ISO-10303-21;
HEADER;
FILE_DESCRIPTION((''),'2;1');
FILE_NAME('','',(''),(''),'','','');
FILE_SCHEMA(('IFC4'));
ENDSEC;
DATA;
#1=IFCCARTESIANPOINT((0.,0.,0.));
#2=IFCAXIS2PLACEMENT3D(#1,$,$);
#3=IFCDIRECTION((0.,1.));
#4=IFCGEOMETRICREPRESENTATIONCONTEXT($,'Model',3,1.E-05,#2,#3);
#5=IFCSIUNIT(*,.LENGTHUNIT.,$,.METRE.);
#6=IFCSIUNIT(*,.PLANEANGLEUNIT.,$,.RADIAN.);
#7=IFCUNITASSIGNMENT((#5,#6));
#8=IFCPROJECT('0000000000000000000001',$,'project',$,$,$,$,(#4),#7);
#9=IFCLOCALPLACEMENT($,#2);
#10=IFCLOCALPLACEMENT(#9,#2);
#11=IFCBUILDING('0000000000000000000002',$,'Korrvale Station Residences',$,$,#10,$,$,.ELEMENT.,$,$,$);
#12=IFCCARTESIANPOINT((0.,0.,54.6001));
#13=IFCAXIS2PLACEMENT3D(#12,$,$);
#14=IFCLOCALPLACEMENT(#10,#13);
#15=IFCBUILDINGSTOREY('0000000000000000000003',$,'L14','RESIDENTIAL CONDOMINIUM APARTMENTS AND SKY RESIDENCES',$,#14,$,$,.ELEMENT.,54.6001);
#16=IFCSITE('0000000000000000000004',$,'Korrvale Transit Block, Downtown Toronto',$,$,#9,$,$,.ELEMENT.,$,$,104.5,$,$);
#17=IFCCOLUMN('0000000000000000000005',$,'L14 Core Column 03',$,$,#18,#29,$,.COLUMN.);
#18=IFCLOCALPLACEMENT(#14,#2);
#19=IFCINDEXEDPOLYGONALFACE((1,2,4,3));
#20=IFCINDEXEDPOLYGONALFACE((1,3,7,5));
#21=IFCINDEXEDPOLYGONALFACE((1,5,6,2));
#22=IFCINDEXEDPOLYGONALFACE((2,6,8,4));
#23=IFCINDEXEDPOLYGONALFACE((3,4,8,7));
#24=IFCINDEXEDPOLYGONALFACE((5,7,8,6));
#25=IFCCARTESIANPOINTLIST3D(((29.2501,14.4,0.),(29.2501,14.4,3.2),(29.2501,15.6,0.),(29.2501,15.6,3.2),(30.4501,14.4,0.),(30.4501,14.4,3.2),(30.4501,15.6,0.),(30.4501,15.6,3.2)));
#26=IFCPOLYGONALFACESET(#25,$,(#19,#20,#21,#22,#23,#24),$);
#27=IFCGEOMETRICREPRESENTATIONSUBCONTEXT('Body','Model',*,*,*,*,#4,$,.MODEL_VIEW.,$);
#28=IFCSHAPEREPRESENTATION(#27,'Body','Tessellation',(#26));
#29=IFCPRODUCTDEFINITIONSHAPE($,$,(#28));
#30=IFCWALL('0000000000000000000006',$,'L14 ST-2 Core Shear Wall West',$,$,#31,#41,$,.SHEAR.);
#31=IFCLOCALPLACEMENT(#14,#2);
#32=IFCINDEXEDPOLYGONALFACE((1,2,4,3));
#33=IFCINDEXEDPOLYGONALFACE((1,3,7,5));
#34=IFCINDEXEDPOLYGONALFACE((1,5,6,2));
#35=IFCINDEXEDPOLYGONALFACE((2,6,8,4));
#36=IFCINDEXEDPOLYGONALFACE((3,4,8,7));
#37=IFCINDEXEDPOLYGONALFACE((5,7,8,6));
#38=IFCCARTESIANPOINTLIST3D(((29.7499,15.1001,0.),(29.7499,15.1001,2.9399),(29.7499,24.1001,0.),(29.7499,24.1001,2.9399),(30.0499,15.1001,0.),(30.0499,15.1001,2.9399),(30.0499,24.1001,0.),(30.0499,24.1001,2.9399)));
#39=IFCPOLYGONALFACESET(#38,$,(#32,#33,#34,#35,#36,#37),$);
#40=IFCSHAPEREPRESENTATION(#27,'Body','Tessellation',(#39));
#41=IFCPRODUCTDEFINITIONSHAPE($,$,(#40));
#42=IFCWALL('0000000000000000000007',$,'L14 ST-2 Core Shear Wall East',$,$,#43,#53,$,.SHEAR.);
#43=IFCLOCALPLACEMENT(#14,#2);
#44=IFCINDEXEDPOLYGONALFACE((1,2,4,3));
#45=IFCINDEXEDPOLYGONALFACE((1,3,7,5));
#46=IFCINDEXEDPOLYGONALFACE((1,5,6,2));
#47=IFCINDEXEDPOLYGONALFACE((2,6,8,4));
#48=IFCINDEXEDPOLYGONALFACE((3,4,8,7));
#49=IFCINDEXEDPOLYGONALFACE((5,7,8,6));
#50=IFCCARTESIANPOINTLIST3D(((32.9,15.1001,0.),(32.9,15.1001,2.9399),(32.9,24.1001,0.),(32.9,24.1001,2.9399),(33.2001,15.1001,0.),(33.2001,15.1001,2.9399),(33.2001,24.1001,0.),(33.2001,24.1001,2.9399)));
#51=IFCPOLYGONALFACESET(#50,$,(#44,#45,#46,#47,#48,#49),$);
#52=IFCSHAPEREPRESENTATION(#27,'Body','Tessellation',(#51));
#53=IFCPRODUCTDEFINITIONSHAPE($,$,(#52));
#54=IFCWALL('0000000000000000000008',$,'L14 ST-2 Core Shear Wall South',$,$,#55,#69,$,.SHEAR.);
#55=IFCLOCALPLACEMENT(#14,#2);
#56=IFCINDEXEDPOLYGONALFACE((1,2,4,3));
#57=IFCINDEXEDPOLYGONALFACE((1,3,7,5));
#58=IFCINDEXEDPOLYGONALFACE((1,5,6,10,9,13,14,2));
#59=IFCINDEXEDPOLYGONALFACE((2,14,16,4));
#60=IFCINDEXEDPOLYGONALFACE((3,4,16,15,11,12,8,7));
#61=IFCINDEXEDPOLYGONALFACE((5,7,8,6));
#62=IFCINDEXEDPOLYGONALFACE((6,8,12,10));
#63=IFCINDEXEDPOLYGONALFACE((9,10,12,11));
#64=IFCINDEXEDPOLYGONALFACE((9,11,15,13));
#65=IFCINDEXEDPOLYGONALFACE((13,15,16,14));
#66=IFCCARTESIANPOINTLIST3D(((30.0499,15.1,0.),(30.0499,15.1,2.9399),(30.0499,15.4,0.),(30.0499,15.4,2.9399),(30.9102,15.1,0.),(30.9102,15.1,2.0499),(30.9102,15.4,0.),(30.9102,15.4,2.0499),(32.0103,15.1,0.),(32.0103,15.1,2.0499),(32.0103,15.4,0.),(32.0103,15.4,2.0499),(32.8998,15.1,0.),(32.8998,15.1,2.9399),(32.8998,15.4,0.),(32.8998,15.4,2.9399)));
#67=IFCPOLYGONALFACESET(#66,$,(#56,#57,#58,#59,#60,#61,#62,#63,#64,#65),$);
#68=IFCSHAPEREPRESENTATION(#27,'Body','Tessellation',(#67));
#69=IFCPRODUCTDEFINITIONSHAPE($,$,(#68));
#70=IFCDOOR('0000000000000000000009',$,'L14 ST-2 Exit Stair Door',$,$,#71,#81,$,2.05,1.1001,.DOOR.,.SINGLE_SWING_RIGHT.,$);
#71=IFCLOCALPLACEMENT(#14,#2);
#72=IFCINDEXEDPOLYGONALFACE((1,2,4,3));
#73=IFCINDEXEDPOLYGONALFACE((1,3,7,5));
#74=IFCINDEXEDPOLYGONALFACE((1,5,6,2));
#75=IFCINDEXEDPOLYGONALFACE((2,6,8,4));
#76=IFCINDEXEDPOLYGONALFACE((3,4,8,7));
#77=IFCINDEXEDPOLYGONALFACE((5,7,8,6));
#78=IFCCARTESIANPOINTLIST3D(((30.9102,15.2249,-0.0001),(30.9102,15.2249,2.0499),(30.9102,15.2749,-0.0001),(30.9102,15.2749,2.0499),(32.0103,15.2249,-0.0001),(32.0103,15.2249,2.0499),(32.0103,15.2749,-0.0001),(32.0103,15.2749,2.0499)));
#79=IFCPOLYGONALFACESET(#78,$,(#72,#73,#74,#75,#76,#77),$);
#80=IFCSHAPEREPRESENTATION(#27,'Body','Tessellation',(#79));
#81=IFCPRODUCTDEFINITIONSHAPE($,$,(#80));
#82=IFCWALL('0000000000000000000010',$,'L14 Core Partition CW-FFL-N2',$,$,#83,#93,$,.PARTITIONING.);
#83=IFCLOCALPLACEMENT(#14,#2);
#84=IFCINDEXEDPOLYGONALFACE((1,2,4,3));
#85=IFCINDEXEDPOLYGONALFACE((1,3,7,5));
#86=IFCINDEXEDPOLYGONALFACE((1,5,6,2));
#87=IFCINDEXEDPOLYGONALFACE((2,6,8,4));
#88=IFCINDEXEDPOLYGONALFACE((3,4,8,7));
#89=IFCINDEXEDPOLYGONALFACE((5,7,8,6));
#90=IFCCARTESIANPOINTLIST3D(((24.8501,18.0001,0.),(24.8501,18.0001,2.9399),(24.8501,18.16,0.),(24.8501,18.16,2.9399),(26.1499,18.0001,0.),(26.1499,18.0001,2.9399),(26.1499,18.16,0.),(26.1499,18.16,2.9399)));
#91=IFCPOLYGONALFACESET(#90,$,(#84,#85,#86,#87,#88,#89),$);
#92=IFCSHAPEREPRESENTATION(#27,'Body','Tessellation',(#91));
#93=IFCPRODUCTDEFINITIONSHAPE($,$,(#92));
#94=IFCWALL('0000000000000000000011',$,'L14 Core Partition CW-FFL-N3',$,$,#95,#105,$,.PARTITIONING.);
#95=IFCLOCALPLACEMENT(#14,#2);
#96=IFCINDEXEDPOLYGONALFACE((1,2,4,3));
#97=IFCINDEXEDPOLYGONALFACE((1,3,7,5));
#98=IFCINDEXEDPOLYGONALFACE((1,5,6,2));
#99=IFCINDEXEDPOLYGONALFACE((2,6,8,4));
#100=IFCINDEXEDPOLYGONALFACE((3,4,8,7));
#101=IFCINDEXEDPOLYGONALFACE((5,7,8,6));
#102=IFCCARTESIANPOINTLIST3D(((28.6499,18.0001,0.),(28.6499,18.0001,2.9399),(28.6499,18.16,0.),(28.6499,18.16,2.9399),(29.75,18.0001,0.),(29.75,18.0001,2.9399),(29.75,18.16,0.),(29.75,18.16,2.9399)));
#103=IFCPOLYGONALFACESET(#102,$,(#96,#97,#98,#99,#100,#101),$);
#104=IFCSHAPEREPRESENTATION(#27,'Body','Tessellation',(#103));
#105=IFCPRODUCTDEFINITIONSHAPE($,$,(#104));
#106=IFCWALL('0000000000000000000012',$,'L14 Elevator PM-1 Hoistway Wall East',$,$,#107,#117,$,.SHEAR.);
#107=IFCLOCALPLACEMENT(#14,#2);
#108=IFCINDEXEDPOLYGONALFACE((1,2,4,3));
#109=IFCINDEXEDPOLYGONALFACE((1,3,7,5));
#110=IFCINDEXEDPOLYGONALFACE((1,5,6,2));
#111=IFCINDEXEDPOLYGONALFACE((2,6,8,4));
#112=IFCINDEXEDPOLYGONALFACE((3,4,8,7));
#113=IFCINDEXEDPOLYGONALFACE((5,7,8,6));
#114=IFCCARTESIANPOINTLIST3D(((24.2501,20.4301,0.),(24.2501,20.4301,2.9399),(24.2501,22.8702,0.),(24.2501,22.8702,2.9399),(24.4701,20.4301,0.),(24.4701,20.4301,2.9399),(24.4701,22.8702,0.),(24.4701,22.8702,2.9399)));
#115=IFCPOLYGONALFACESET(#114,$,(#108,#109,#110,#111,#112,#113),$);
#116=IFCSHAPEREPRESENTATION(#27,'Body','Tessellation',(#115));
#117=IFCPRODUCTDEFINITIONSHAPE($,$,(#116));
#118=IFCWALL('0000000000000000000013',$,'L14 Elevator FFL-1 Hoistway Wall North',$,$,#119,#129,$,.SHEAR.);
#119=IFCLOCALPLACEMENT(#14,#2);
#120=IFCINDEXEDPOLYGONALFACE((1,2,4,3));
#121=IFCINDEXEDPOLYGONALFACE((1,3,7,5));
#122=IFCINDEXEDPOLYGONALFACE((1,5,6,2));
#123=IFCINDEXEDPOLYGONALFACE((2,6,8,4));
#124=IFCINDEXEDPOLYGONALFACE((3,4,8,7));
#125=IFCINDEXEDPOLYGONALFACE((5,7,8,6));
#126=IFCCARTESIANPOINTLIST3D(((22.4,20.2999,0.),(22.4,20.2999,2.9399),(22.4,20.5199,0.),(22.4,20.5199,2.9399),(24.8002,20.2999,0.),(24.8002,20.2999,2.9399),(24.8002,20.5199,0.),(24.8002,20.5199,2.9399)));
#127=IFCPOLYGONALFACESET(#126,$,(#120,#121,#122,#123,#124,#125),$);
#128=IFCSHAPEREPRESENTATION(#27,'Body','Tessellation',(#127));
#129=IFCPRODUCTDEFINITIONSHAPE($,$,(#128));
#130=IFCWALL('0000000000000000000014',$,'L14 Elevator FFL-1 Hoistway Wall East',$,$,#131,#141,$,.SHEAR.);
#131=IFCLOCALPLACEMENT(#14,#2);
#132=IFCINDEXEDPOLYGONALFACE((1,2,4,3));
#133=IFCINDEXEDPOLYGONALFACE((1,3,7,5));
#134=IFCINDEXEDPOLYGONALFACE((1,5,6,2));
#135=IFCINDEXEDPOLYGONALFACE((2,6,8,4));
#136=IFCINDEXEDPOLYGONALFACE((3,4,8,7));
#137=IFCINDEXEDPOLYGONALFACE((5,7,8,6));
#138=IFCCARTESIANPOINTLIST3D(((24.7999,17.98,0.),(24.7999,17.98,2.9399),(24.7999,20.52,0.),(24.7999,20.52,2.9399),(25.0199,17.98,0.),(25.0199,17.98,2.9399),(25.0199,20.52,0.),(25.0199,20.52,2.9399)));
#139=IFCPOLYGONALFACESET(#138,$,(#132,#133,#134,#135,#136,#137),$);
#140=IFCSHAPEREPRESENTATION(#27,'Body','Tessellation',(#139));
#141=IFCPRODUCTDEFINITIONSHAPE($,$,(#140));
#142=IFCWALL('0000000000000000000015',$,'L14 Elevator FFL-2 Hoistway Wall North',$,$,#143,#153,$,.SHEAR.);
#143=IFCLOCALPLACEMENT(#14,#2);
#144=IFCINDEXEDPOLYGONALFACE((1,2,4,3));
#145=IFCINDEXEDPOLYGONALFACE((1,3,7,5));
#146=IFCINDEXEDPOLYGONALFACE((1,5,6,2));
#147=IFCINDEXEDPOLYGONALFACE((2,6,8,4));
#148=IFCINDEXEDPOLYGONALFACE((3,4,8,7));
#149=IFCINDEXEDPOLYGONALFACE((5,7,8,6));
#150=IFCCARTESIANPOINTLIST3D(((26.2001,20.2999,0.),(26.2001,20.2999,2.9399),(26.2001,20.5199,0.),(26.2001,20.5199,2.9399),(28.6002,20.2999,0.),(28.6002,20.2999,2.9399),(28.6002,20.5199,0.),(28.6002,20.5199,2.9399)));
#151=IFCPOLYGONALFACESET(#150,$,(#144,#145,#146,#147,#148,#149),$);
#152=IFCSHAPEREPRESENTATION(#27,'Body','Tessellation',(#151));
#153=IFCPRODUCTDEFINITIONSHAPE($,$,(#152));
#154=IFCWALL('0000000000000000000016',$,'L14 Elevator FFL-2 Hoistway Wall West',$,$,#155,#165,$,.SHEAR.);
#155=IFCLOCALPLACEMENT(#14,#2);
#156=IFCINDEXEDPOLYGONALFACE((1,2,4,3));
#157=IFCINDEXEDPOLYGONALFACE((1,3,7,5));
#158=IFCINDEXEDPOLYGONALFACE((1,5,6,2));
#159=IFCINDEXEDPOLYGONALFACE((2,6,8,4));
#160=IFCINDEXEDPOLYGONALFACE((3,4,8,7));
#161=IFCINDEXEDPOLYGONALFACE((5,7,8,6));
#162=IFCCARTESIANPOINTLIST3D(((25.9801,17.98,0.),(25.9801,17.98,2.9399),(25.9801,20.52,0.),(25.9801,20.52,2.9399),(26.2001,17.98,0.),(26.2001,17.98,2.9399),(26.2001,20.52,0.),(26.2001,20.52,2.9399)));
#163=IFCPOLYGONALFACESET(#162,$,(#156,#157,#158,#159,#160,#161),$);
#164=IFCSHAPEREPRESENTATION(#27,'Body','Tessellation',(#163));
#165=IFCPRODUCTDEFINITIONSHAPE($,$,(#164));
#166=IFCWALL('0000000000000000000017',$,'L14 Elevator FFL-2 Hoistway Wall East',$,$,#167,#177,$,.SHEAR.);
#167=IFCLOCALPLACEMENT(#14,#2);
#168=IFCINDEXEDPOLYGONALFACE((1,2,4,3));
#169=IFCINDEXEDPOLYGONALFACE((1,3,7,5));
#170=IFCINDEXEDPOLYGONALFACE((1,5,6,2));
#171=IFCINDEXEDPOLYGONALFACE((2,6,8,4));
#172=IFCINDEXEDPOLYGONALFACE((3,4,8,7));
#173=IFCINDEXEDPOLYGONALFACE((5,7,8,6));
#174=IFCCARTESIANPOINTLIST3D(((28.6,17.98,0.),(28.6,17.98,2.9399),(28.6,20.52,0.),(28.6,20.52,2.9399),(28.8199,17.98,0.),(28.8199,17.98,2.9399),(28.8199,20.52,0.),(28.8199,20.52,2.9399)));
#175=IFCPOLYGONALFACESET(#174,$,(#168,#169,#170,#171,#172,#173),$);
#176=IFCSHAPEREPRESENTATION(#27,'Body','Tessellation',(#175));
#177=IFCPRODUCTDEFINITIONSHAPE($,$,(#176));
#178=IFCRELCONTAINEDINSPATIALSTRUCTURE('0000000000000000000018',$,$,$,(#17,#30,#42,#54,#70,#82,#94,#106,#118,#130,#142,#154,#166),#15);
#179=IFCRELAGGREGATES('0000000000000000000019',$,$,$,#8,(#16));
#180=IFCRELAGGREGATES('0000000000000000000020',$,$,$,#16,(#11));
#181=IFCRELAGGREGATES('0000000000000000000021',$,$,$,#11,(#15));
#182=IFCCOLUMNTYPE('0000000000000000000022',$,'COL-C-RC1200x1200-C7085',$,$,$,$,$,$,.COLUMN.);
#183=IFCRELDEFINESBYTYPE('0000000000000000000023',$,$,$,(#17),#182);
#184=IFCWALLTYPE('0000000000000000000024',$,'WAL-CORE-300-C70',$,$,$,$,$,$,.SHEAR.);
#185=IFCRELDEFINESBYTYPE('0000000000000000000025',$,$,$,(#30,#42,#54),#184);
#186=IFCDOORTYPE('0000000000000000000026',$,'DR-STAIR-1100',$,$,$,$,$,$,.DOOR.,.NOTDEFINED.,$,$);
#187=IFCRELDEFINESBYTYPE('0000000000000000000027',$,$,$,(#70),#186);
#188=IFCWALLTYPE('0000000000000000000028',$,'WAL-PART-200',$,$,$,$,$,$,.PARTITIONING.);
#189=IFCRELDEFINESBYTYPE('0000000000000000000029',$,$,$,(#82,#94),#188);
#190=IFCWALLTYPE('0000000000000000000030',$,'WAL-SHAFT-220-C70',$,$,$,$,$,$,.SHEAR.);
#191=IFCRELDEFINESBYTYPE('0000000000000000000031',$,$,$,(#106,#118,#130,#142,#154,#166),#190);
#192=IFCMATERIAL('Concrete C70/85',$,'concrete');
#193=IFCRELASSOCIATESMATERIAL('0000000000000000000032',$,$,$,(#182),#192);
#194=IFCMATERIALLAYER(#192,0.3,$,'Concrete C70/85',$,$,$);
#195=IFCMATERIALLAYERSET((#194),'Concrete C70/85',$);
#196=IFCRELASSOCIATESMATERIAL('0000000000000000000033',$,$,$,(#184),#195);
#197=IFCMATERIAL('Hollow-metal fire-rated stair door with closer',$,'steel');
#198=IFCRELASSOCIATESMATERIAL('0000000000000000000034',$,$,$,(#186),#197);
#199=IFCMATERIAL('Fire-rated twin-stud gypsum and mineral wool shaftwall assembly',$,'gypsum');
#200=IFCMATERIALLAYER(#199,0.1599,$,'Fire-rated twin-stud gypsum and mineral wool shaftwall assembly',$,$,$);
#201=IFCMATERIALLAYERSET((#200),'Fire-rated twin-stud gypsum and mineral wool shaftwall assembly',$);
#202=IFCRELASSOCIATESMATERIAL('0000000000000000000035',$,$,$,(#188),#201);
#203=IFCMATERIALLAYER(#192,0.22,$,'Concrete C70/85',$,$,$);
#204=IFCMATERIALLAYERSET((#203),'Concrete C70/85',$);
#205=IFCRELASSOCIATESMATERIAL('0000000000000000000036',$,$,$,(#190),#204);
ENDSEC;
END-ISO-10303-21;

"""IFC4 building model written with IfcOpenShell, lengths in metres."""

from ifc_helpers import new_model, si_unit, direction, frame, frame_2d, origin, origin_2d, place, context, subcontext, project, spatial, rectangle, extrude, material, layer, layer_set, material_profile, profile_set, type_object, element, fill, save


model = new_model("IFC4")

# Units and contexts
model_context = context("Model", 3, precision=1e-05, world=origin(), true_north=direction((0.0, 1.0)))
body_context = subcontext(model_context, "Body", "Model", "MODEL_VIEW")
ifc_project = project(units=[si_unit("LENGTHUNIT", "METRE"), si_unit("PLANEANGLEUNIT", "RADIAN")], contexts=[model_context])

# Site, building, storey
site_placement = place(None, origin())
site = spatial("IfcSite", under=ifc_project, at=site_placement, Name="Korrvale Transit Block, Downtown Toronto", CompositionType="ELEMENT", RefElevation=104.5)
building_placement = place(site_placement, origin())
building = spatial("IfcBuilding", under=site, at=building_placement, Name="Korrvale Station Residences", CompositionType="ELEMENT")
storey_placement = place(building_placement, frame((0.0, 0.0, 54.6001)))
storey = spatial("IfcBuildingStorey", under=building, at=storey_placement, Name="L14", Description="RESIDENTIAL CONDOMINIUM APARTMENTS AND SKY RESIDENCES", CompositionType="ELEMENT", Elevation=54.6001)

# Column
ifc_material_1 = material(Name="Concrete C70/85", Category="concrete")
ifc_material_profile = material_profile(ifc_material_1, rectangle(XDim=1.2, YDim=1.2, at=origin_2d()), Name="RC1200x1200")
ifc_profile_set = profile_set([ifc_material_profile], Name="Concrete C70/85")
column_type = type_object("IfcColumnType", Name="COL-C-RC1200x1200-C7085", PredefinedType="COLUMN", material=ifc_profile_set)
column_placement = place(storey_placement, frame((29.8501, 15.0, 0.0), z_axis=(0.0, 0.0, 1.0), x_axis=(1.0, 0.0, 0.0)))
element("IfcColumn", 1, at=column_placement, inside=storey, type_object=column_type, Name="L14 Core Column 03", PredefinedType="COLUMN", context=body_context, shape_type="SweptSolid", body=[
    extrude(rectangle(XDim=1.2, YDim=1.2, at=origin_2d()), origin(), (0.0, 0.0, 1.0), 3.2),
])

# Walls
ifc_layer_1 = layer(ifc_material_1, 0.3, Name="Concrete C70/85")
ifc_layer_set_1 = layer_set([ifc_layer_1], Name="Concrete C70/85")
wall_type_1 = type_object("IfcWallType", Name="WAL-CORE-300-C70", PredefinedType="SHEAR", material=ifc_layer_set_1)
for number, where, z_axis, x_axis, name in (
    (2, (29.8999, 15.1001, 0.0), (0.0, 0.0, 1.0), (0.0, 1.0, 0.0), "L14 ST-2 Core Shear Wall West"),
    (3, (33.05, 15.1001, 0.0), (0.0, 0.0, 1.0), (0.0, 1.0, 0.0), "L14 ST-2 Core Shear Wall East"),
):
    element("IfcWall", number, at=place(storey_placement, frame(where, z_axis=z_axis, x_axis=x_axis)), inside=storey, type_object=wall_type_1, Name=name, PredefinedType="SHEAR", context=body_context, shape_type="SweptSolid", body=[
        extrude(rectangle(XDim=9.0, YDim=0.3, at=frame_2d((4.5, 0.0))), origin(), (0.0, 0.0, 1.0), 2.9399),
    ])

# Wall, opening, door
wall_1_placement = place(storey_placement, frame((30.05, 15.25, 0.0), z_axis=(0.0, 0.0, 1.0), x_axis=(1.0, 0.0, 0.0)))
wall_1 = element("IfcWall", 4, at=wall_1_placement, inside=storey, type_object=wall_type_1, Name="L14 ST-2 Core Shear Wall South", PredefinedType="SHEAR", context=body_context, shape_type="SweptSolid", body=[
    extrude(rectangle(XDim=2.8499, YDim=0.3, at=frame_2d((1.4248, 0.0))), origin(), (0.0, 0.0, 1.0), 2.9399),
])
opening_1_placement = place(wall_1_placement, frame((0.8601, 0.0, 0.0)))
opening_1 = element("IfcOpeningElement", 5, at=opening_1_placement, cuts=wall_1, PredefinedType="OPENING", context=body_context, shape_type="SweptSolid", body=[
    extrude(rectangle(XDim=1.1001, YDim=2.05, at=frame_2d((0.55, 1.0249))), frame((0.0, 0.1602, 0.0), z_axis=(0.0, -1.0, 0.0), x_axis=(1.0, 0.0, 0.0)), (0.0, 0.0, 1.0), 0.3201),
])
ifc_material_2 = material(Name="Hollow-metal fire-rated stair door with closer", Category="steel")
door_type_1 = type_object("IfcDoorType", Name="DR-STAIR-1100", OperationType="NOTDEFINED", PredefinedType="DOOR", material=ifc_material_2)
door_1_placement = place(opening_1_placement, origin())
door_1 = element("IfcDoor", 6, at=door_1_placement, inside=storey, type_object=door_type_1, Name="L14 ST-2 Exit Stair Door", OperationType="SINGLE_SWING_RIGHT", OverallHeight=2.05, OverallWidth=1.1001, PredefinedType="DOOR", context=body_context, shape_type="SweptSolid", body=[
    extrude(rectangle(XDim=1.1001, YDim=2.05, at=frame_2d((0.55, 1.0249))), frame((0.0, 0.0249, 0.0), z_axis=(0.0, -1.0, 0.0), x_axis=(1.0, 0.0, 0.0)), (0.0, 0.0, 1.0), 0.05),
])
fill(opening_1, door_1)

# Walls
ifc_material_3 = material(Name="Fire-rated twin-stud gypsum and mineral wool shaftwall assembly", Category="gypsum")
ifc_layer_2 = layer(ifc_material_3, 0.1599, Name="Fire-rated twin-stud gypsum and mineral wool shaftwall assembly")
ifc_layer_set_2 = layer_set([ifc_layer_2], Name="Fire-rated twin-stud gypsum and mineral wool shaftwall assembly")
wall_type_2 = type_object("IfcWallType", Name="WAL-PART-200", PredefinedType="PARTITIONING", material=ifc_layer_set_2)
wall_2_placement = place(storey_placement, frame((24.8501, 18.0801, 0.0), z_axis=(0.0, 0.0, 1.0), x_axis=(1.0, 0.0, 0.0)))
element("IfcWall", 7, at=wall_2_placement, inside=storey, type_object=wall_type_2, Name="L14 Core Partition CW-FFL-N2", PredefinedType="PARTITIONING", context=body_context, shape_type="SweptSolid", body=[
    extrude(rectangle(XDim=1.2998, YDim=0.1599, at=frame_2d((0.6499, 0.0))), origin(), (0.0, 0.0, 1.0), 2.9399),
])
wall_3_placement = place(storey_placement, frame((28.6499, 18.0801, 0.0), z_axis=(0.0, 0.0, 1.0), x_axis=(1.0, 0.0, 0.0)))
element("IfcWall", 8, at=wall_3_placement, inside=storey, type_object=wall_type_2, Name="L14 Core Partition CW-FFL-N3", PredefinedType="PARTITIONING", context=body_context, shape_type="SweptSolid", body=[
    extrude(rectangle(XDim=1.1001, YDim=0.1599, at=frame_2d((0.55, 0.0))), origin(), (0.0, 0.0, 1.0), 2.9399),
])
ifc_layer_3 = layer(ifc_material_1, 0.22, Name="Concrete C70/85")
ifc_layer_set_3 = layer_set([ifc_layer_3], Name="Concrete C70/85")
wall_type_3 = type_object("IfcWallType", Name="WAL-SHAFT-220-C70", PredefinedType="SHEAR", material=ifc_layer_set_3)
wall_4_placement = place(storey_placement, frame((24.3601, 20.4299, 0.0), z_axis=(0.0, 0.0, 1.0), x_axis=(0.0, 1.0, 0.0)))
element("IfcWall", 9, at=wall_4_placement, inside=storey, type_object=wall_type_3, Name="L14 Elevator PM-1 Hoistway Wall East", PredefinedType="SHEAR", context=body_context, shape_type="SweptSolid", body=[
    extrude(rectangle(XDim=2.4402, YDim=0.22, at=frame_2d((1.2202, 0.0))), origin(), (0.0, 0.0, 1.0), 2.9399),
])

# Walls
wall_5_placement = place(storey_placement, frame((22.3999, 20.4099, 0.0), z_axis=(0.0, 0.0, 1.0), x_axis=(1.0, 0.0, 0.0)))
element("IfcWall", 10, at=wall_5_placement, inside=storey, type_object=wall_type_3, Name="L14 Elevator FFL-1 Hoistway Wall North", PredefinedType="SHEAR", context=body_context, shape_type="SweptSolid", body=[
    extrude(rectangle(XDim=2.4001, YDim=0.22, at=frame_2d((1.2002, 0.0))), origin(), (0.0, 0.0, 1.0), 2.9399),
])
wall_6_placement = place(storey_placement, frame((24.9099, 17.98, 0.0), z_axis=(0.0, 0.0, 1.0), x_axis=(0.0, 1.0, 0.0)))
element("IfcWall", 11, at=wall_6_placement, inside=storey, type_object=wall_type_3, Name="L14 Elevator FFL-1 Hoistway Wall East", PredefinedType="SHEAR", context=body_context, shape_type="SweptSolid", body=[
    extrude(rectangle(XDim=2.54, YDim=0.22, at=frame_2d((1.27, 0.0))), origin(), (0.0, 0.0, 1.0), 2.9399),
])

# Walls
wall_7_placement = place(storey_placement, frame((26.2, 20.4099, 0.0), z_axis=(0.0, 0.0, 1.0), x_axis=(1.0, 0.0, 0.0)))
element("IfcWall", 12, at=wall_7_placement, inside=storey, type_object=wall_type_3, Name="L14 Elevator FFL-2 Hoistway Wall North", PredefinedType="SHEAR", context=body_context, shape_type="SweptSolid", body=[
    extrude(rectangle(XDim=2.4001, YDim=0.22, at=frame_2d((1.2002, 0.0))), origin(), (0.0, 0.0, 1.0), 2.9399),
])
for number, where, z_axis, x_axis, name in (
    (13, (26.0901, 17.98, 0.0), (0.0, 0.0, 1.0), (0.0, 1.0, 0.0), "L14 Elevator FFL-2 Hoistway Wall West"),
    (14, (28.71, 17.98, 0.0), (0.0, 0.0, 1.0), (0.0, 1.0, 0.0), "L14 Elevator FFL-2 Hoistway Wall East"),
):
    element("IfcWall", number, at=place(storey_placement, frame(where, z_axis=z_axis, x_axis=x_axis)), inside=storey, type_object=wall_type_3, Name=name, PredefinedType="SHEAR", context=body_context, shape_type="SweptSolid", body=[
        extrude(rectangle(XDim=2.54, YDim=0.22, at=frame_2d((1.27, 0.0))), origin(), (0.0, 0.0, 1.0), 2.9399),
    ])

save(model, "model.ifc")
